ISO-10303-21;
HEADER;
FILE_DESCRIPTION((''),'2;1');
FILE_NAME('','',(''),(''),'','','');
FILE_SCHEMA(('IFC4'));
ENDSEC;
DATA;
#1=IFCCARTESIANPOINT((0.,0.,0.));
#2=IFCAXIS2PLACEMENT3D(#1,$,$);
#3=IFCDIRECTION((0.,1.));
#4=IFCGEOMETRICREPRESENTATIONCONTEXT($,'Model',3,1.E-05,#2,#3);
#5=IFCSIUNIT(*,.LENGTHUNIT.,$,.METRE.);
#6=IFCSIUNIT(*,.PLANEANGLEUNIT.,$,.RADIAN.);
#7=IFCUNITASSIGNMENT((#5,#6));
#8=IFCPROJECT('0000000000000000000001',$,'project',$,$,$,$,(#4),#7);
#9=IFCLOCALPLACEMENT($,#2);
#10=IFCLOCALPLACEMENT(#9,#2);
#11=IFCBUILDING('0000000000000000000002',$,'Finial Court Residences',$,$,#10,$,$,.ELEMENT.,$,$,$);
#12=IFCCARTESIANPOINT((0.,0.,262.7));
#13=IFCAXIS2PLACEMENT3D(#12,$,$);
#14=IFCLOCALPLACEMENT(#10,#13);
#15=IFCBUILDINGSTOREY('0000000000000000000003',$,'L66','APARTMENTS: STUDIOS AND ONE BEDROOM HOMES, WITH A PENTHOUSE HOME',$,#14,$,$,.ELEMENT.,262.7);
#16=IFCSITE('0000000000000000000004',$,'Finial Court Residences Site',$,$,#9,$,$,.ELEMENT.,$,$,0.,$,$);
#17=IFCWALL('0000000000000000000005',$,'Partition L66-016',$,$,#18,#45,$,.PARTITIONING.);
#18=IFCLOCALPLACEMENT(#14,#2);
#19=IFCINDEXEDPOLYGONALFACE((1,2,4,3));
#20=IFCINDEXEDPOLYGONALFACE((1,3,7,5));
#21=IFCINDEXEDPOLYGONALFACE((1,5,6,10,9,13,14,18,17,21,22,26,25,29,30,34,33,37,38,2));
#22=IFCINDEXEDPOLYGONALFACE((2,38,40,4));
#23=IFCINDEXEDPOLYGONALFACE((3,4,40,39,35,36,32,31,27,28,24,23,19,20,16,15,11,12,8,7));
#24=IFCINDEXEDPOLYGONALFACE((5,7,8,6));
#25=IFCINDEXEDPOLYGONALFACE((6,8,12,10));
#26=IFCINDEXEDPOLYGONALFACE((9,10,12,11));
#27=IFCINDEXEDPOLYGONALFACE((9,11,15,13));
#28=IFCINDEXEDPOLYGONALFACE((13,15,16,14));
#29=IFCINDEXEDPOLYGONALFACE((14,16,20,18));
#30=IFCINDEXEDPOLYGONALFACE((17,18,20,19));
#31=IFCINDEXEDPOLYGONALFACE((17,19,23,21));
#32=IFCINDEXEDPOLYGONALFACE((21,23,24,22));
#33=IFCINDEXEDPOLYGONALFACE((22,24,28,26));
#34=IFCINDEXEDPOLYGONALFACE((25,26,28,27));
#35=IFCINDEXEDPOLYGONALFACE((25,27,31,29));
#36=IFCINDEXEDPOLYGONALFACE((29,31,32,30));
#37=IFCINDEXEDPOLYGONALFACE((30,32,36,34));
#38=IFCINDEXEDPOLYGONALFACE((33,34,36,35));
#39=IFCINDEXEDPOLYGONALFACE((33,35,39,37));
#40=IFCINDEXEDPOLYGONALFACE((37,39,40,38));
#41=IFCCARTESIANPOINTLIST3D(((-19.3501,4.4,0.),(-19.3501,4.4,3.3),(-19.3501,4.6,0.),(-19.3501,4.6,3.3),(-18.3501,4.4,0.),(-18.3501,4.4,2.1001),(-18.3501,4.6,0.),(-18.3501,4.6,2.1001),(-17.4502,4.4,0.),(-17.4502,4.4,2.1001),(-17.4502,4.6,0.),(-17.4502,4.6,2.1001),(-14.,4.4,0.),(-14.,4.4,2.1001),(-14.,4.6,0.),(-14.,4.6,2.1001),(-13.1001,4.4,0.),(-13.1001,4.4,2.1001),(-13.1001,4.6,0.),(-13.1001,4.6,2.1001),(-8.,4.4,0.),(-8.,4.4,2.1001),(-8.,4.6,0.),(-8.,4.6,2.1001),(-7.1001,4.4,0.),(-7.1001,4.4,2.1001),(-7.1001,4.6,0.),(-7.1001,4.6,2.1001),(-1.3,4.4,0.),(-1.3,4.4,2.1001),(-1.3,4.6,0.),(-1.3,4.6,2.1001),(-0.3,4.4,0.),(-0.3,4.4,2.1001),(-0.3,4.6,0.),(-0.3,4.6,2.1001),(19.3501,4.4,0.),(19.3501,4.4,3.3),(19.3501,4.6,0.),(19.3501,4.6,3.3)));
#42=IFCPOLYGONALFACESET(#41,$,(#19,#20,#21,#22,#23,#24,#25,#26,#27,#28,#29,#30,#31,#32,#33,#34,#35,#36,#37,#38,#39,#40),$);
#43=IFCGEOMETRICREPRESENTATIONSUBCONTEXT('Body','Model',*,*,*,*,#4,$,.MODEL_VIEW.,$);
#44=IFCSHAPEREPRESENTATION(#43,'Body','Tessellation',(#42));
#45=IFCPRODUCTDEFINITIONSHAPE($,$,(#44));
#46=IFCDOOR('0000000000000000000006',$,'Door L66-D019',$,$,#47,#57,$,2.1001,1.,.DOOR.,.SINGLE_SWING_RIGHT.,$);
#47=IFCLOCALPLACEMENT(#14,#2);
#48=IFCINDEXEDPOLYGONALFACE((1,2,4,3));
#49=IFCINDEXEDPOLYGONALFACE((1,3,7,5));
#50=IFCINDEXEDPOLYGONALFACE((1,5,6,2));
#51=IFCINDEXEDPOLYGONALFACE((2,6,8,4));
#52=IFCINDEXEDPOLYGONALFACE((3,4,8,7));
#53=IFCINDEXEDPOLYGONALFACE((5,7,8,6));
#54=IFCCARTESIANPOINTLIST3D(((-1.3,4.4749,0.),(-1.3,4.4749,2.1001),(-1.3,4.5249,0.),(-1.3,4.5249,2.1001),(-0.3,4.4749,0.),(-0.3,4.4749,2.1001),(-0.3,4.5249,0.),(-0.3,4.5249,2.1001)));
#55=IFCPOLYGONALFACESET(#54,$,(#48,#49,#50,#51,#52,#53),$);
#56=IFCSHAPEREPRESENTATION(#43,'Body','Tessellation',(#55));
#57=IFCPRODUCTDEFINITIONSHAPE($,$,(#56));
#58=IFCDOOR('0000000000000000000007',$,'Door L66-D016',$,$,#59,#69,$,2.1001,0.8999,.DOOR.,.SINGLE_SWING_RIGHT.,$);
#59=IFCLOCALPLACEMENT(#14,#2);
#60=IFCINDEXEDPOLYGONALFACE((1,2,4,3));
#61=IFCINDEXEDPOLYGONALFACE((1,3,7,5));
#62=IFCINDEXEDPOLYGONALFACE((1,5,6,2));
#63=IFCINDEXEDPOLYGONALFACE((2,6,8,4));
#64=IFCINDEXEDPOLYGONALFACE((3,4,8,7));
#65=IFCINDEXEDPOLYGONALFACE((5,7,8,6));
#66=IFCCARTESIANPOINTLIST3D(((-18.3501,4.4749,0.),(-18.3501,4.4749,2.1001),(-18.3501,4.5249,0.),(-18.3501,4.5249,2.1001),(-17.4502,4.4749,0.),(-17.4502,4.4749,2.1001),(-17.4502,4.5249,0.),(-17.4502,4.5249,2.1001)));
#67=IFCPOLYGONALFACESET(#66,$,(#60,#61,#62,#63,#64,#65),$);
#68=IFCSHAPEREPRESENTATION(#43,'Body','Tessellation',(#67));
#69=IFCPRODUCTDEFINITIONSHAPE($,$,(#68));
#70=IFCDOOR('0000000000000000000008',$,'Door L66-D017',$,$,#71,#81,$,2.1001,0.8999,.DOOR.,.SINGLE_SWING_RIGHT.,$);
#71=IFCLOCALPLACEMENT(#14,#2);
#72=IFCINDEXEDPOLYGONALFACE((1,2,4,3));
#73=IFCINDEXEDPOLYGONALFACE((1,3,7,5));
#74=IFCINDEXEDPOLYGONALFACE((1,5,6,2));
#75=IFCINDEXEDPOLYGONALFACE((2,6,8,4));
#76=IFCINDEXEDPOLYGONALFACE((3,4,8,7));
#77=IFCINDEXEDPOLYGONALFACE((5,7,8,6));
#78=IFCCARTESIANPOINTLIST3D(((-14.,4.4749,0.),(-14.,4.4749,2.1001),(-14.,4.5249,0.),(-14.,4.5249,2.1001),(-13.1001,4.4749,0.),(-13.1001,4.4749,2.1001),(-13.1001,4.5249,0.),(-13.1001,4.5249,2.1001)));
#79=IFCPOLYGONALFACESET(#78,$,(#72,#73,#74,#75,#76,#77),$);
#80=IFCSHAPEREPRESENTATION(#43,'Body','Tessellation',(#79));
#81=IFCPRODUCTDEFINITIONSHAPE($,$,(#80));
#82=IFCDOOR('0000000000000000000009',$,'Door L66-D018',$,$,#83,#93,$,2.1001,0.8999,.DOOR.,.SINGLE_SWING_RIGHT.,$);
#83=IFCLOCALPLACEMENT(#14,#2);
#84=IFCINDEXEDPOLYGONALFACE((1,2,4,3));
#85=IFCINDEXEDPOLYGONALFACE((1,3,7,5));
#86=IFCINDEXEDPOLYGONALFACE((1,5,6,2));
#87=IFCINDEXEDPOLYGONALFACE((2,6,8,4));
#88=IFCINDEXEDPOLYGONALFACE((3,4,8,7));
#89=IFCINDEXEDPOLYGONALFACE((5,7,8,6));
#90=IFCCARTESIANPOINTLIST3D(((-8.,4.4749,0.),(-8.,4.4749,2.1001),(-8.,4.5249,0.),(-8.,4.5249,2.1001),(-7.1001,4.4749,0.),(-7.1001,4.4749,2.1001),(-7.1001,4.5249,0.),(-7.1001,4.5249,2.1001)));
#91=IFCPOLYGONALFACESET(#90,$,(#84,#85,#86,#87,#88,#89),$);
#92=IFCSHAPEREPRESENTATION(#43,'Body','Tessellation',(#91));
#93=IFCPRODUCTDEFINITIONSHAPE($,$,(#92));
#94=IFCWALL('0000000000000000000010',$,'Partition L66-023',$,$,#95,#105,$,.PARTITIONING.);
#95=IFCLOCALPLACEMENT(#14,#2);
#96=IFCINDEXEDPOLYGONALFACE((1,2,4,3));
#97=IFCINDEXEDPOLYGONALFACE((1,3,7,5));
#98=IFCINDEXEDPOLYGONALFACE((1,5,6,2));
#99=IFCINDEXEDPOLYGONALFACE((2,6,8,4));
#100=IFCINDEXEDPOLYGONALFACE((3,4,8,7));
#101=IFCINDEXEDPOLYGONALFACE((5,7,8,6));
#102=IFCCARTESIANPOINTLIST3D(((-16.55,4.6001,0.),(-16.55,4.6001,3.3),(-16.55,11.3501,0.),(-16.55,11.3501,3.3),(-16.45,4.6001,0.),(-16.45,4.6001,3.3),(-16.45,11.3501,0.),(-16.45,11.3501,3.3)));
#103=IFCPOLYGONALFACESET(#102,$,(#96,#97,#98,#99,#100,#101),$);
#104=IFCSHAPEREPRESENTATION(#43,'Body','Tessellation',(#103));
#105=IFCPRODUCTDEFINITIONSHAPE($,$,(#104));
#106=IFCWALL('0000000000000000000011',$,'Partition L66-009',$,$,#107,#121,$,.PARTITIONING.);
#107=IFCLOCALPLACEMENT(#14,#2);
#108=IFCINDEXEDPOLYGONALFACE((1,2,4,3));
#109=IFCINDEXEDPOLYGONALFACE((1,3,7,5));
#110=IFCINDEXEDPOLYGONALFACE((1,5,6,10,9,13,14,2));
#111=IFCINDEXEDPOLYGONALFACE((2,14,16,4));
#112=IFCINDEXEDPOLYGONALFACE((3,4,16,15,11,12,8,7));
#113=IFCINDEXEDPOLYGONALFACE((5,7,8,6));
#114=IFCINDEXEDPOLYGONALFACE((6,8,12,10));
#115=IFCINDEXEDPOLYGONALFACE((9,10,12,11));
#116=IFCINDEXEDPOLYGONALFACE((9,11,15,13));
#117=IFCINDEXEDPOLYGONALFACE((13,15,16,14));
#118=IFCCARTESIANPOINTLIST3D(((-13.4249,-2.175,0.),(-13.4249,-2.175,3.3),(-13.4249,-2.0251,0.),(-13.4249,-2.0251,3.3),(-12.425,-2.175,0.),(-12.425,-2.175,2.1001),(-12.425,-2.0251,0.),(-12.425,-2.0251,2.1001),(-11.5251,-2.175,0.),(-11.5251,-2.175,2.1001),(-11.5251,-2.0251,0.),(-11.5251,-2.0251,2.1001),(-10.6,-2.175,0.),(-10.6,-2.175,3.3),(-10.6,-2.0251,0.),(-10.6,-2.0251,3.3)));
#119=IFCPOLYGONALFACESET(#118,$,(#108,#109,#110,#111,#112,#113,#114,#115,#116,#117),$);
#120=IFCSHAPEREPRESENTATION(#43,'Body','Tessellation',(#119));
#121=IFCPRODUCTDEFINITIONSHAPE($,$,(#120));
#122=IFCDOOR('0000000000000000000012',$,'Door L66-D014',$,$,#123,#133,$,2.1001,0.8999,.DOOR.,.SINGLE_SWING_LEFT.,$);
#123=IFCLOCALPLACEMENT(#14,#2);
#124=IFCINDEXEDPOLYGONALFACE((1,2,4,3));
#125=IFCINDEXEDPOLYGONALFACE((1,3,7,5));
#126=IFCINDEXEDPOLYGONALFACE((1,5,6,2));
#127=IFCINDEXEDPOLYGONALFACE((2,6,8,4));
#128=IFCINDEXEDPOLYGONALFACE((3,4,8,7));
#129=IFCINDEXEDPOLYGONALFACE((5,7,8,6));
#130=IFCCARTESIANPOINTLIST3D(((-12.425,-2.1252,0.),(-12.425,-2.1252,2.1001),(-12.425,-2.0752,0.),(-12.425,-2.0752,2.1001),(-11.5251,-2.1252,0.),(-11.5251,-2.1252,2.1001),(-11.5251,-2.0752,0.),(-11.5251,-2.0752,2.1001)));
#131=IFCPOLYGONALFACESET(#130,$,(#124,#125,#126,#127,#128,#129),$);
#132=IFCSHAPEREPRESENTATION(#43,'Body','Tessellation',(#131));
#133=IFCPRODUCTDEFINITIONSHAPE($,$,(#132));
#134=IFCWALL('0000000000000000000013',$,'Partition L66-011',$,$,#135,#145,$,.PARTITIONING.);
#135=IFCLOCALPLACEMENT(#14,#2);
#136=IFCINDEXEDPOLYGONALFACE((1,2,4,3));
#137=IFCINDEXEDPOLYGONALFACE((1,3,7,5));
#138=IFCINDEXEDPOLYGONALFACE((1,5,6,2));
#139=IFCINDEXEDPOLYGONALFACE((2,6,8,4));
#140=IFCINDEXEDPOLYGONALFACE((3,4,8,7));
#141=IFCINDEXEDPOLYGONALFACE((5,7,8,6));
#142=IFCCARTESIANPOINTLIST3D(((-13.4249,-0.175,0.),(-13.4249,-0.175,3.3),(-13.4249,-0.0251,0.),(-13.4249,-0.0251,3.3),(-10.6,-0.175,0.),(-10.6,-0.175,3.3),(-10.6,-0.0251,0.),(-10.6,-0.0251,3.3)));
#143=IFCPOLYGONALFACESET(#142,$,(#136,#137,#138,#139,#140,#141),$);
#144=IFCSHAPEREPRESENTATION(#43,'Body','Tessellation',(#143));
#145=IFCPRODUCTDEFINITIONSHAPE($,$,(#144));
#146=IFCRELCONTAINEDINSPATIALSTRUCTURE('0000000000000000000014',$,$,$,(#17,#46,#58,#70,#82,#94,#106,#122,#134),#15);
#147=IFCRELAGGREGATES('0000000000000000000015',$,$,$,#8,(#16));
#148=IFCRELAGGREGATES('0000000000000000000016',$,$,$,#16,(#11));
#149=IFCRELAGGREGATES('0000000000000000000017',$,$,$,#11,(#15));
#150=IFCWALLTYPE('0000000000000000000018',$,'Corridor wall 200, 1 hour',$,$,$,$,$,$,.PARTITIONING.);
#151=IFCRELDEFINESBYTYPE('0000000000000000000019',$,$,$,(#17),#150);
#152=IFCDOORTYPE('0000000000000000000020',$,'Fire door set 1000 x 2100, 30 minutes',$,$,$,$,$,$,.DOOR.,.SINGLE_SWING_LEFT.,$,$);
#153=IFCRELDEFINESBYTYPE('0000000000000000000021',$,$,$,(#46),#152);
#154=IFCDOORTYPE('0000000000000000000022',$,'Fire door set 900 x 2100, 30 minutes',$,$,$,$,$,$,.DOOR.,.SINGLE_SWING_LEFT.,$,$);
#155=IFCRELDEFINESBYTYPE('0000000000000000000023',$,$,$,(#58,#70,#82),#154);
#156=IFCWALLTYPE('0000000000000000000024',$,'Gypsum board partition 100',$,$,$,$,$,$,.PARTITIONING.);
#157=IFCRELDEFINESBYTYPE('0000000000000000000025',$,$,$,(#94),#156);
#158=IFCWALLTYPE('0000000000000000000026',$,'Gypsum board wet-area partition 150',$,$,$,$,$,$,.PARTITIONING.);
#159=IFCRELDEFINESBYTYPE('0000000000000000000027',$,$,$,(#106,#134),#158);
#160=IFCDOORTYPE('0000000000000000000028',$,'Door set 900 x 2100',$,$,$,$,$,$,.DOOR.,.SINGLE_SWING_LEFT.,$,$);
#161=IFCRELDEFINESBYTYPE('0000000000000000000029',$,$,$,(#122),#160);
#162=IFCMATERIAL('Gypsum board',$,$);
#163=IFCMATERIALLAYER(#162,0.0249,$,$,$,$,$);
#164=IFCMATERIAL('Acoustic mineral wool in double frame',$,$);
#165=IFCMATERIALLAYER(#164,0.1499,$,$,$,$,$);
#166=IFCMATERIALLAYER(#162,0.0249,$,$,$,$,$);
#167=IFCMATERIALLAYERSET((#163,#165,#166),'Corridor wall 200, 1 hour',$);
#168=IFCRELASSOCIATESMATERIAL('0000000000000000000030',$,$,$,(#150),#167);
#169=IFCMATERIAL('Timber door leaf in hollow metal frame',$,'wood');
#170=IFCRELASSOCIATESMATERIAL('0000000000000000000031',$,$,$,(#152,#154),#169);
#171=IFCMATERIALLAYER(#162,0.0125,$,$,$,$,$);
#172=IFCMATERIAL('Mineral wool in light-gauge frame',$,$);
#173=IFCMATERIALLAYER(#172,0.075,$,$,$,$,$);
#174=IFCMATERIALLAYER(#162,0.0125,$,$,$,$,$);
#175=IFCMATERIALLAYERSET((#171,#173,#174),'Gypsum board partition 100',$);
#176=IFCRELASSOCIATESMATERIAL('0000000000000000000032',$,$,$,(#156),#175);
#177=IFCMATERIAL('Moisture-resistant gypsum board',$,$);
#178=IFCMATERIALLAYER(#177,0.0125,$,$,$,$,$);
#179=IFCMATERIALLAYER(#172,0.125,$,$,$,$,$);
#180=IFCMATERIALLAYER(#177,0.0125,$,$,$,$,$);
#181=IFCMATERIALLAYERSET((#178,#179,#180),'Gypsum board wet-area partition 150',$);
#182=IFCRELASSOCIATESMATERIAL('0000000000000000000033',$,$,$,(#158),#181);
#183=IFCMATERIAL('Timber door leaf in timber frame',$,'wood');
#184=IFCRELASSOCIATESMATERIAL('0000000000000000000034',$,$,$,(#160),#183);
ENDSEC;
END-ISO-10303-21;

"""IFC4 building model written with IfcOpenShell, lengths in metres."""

from ifc_helpers import new_model, si_unit, direction, frame, frame_2d, origin, place, context, subcontext, project, spatial, rectangle, extrude, material, layer, layer_set, type_object, element, fill, save


model = new_model("IFC4")

# Units and contexts
model_context = context("Model", 3, precision=1e-05, world=origin(), true_north=direction((0.0, 1.0)))
body_context = subcontext(model_context, "Body", "Model", "MODEL_VIEW")
ifc_project = project(units=[si_unit("LENGTHUNIT", "METRE"), si_unit("PLANEANGLEUNIT", "RADIAN")], contexts=[model_context])

# Site, building, storey
site_placement = place(None, origin())
site = spatial("IfcSite", under=ifc_project, at=site_placement, Name="Finial Court Residences Site", CompositionType="ELEMENT", RefElevation=0.0)
building_placement = place(site_placement, origin())
building = spatial("IfcBuilding", under=site, at=building_placement, Name="Finial Court Residences", CompositionType="ELEMENT")
storey_placement = place(building_placement, frame((0.0, 0.0, 262.7)))
storey = spatial("IfcBuildingStorey", under=building, at=storey_placement, Name="L66", Description="APARTMENTS: STUDIOS AND ONE BEDROOM HOMES, WITH A PENTHOUSE HOME", CompositionType="ELEMENT", Elevation=262.7)

# Shared definitions
ifc_material_1 = material(Name="Gypsum board")
ifc_layer_1 = layer(ifc_material_1, 0.0249)
ifc_material_2 = material(Name="Acoustic mineral wool in double frame")
ifc_layer_2 = layer(ifc_material_2, 0.1499)
ifc_layer_3 = layer(ifc_material_1, 0.0249)
ifc_layer_set_1 = layer_set([ifc_layer_1, ifc_layer_2, ifc_layer_3], Name="Corridor wall 200, 1 hour")
wall_type_1 = type_object("IfcWallType", Name="Corridor wall 200, 1 hour", PredefinedType="PARTITIONING", material=ifc_layer_set_1)

# Wall, openings, doors
wall_1_placement = place(storey_placement, frame((-19.3501, 4.5, 0.0), z_axis=(0.0, 0.0, 1.0), x_axis=(1.0, 0.0, 0.0)))
wall_1 = element("IfcWall", 1, at=wall_1_placement, inside=storey, type_object=wall_type_1, Name="Partition L66-016", PredefinedType="PARTITIONING", context=body_context, shape_type="SweptSolid", body=[
    extrude(rectangle(XDim=38.7002, YDim=0.2, at=frame_2d((19.3501, 0.0))), origin(), (0.0, 0.0, 1.0), 3.3),
])
opening_1_placement = place(wall_1_placement, frame((1.0, 0.0, 0.0)))
opening_1 = element("IfcOpeningElement", 2, at=opening_1_placement, cuts=wall_1, PredefinedType="OPENING", context=body_context, shape_type="SweptSolid", body=[
    extrude(rectangle(XDim=0.8999, YDim=2.1001, at=frame_2d((0.45, 1.05))), frame((0.0, 0.1099, 0.0), z_axis=(0.0, -1.0, 0.0), x_axis=(1.0, 0.0, 0.0)), (0.0, 0.0, 1.0), 0.22),
])
opening_2_placement = place(wall_1_placement, frame((5.3501, 0.0, 0.0)))
opening_2 = element("IfcOpeningElement", 3, at=opening_2_placement, cuts=wall_1, PredefinedType="OPENING", context=body_context, shape_type="SweptSolid", body=[
    extrude(rectangle(XDim=0.8999, YDim=2.1001, at=frame_2d((0.45, 1.05))), frame((0.0, 0.1099, 0.0), z_axis=(0.0, -1.0, 0.0), x_axis=(1.0, 0.0, 0.0)), (0.0, 0.0, 1.0), 0.22),
])
opening_3_placement = place(wall_1_placement, frame((11.3501, 0.0, 0.0)))
opening_3 = element("IfcOpeningElement", 4, at=opening_3_placement, cuts=wall_1, PredefinedType="OPENING", context=body_context, shape_type="SweptSolid", body=[
    extrude(rectangle(XDim=0.8999, YDim=2.1001, at=frame_2d((0.45, 1.05))), frame((0.0, 0.1099, 0.0), z_axis=(0.0, -1.0, 0.0), x_axis=(1.0, 0.0, 0.0)), (0.0, 0.0, 1.0), 0.22),
])
opening_4_placement = place(wall_1_placement, frame((18.05, 0.0, 0.0)))
opening_4 = element("IfcOpeningElement", 5, at=opening_4_placement, cuts=wall_1, PredefinedType="OPENING", context=body_context, shape_type="SweptSolid", body=[
    extrude(rectangle(XDim=1.0, YDim=2.1001, at=frame_2d((0.5, 1.05))), frame((0.0, 0.1099, 0.0), z_axis=(0.0, -1.0, 0.0), x_axis=(1.0, 0.0, 0.0)), (0.0, 0.0, 1.0), 0.22),
])
ifc_material_3 = material(Name="Timber door leaf in hollow metal frame", Category="wood")
door_type_1 = type_object("IfcDoorType", Name="Fire door set 1000 x 2100, 30 minutes", OperationType="SINGLE_SWING_LEFT", PredefinedType="DOOR", material=ifc_material_3)
door_1_placement = place(opening_4_placement, origin())
door_1 = element("IfcDoor", 6, at=door_1_placement, inside=storey, type_object=door_type_1, Name="Door L66-D019", OperationType="SINGLE_SWING_RIGHT", OverallHeight=2.1001, OverallWidth=1.0, PredefinedType="DOOR", context=body_context, shape_type="SweptSolid", body=[
    extrude(rectangle(XDim=1.0, YDim=2.1001, at=frame_2d((0.5, 1.05))), frame((0.0, 0.0249, 0.0), z_axis=(0.0, -1.0, 0.0), x_axis=(1.0, 0.0, 0.0)), (0.0, 0.0, 1.0), 0.05),
])
fill(opening_4, door_1)
door_type_2 = type_object("IfcDoorType", Name="Fire door set 900 x 2100, 30 minutes", OperationType="SINGLE_SWING_LEFT", PredefinedType="DOOR", material=ifc_material_3)
door_2_placement = place(opening_1_placement, origin())
door_2 = element("IfcDoor", 7, at=door_2_placement, inside=storey, type_object=door_type_2, Name="Door L66-D016", OperationType="SINGLE_SWING_RIGHT", OverallHeight=2.1001, OverallWidth=0.8999, PredefinedType="DOOR", context=body_context, shape_type="SweptSolid", body=[
    extrude(rectangle(XDim=0.8999, YDim=2.1001, at=frame_2d((0.45, 1.05))), frame((0.0, 0.0249, 0.0), z_axis=(0.0, -1.0, 0.0), x_axis=(1.0, 0.0, 0.0)), (0.0, 0.0, 1.0), 0.05),
])
fill(opening_1, door_2)
door_3_placement = place(opening_2_placement, origin())
door_3 = element("IfcDoor", 8, at=door_3_placement, inside=storey, type_object=door_type_2, Name="Door L66-D017", OperationType="SINGLE_SWING_RIGHT", OverallHeight=2.1001, OverallWidth=0.8999, PredefinedType="DOOR", context=body_context, shape_type="SweptSolid", body=[
    extrude(rectangle(XDim=0.8999, YDim=2.1001, at=frame_2d((0.45, 1.05))), frame((0.0, 0.0249, 0.0), z_axis=(0.0, -1.0, 0.0), x_axis=(1.0, 0.0, 0.0)), (0.0, 0.0, 1.0), 0.05),
])
fill(opening_2, door_3)
door_4_placement = place(opening_3_placement, origin())
door_4 = element("IfcDoor", 9, at=door_4_placement, inside=storey, type_object=door_type_2, Name="Door L66-D018", OperationType="SINGLE_SWING_RIGHT", OverallHeight=2.1001, OverallWidth=0.8999, PredefinedType="DOOR", context=body_context, shape_type="SweptSolid", body=[
    extrude(rectangle(XDim=0.8999, YDim=2.1001, at=frame_2d((0.45, 1.05))), frame((0.0, 0.0249, 0.0), z_axis=(0.0, -1.0, 0.0), x_axis=(1.0, 0.0, 0.0)), (0.0, 0.0, 1.0), 0.05),
])
fill(opening_3, door_4)

# Wall
ifc_layer_4 = layer(ifc_material_1, 0.0125)
ifc_material_4 = material(Name="Mineral wool in light-gauge frame")
ifc_layer_5 = layer(ifc_material_4, 0.075)
ifc_layer_6 = layer(ifc_material_1, 0.0125)
ifc_layer_set_2 = layer_set([ifc_layer_4, ifc_layer_5, ifc_layer_6], Name="Gypsum board partition 100")
wall_type_2 = type_object("IfcWallType", Name="Gypsum board partition 100", PredefinedType="PARTITIONING", material=ifc_layer_set_2)
wall_2_placement = place(storey_placement, frame((-16.5, 4.6001, 0.0), z_axis=(0.0, 0.0, 1.0), x_axis=(0.0, 1.0, 0.0)))
element("IfcWall", 10, at=wall_2_placement, inside=storey, type_object=wall_type_2, Name="Partition L66-023", PredefinedType="PARTITIONING", context=body_context, shape_type="SweptSolid", body=[
    extrude(rectangle(XDim=6.75, YDim=0.1001, at=frame_2d((3.375, 0.0))), origin(), (0.0, 0.0, 1.0), 3.3),
])

# Wall, opening, door
ifc_material_5 = material(Name="Moisture-resistant gypsum board")
ifc_layer_7 = layer(ifc_material_5, 0.0125)
ifc_layer_8 = layer(ifc_material_4, 0.125)
ifc_layer_9 = layer(ifc_material_5, 0.0125)
ifc_layer_set_3 = layer_set([ifc_layer_7, ifc_layer_8, ifc_layer_9], Name="Gypsum board wet-area partition 150")
wall_type_3 = type_object("IfcWallType", Name="Gypsum board wet-area partition 150", PredefinedType="PARTITIONING", material=ifc_layer_set_3)
wall_3_placement = place(storey_placement, frame((-13.425, -2.1001, 0.0), z_axis=(0.0, 0.0, 1.0), x_axis=(1.0, 0.0, 0.0)))
wall_3 = element("IfcWall", 11, at=wall_3_placement, inside=storey, type_object=wall_type_3, Name="Partition L66-009", PredefinedType="PARTITIONING", context=body_context, shape_type="SweptSolid", body=[
    extrude(rectangle(XDim=2.825, YDim=0.1499, at=frame_2d((1.4126, 0.0))), origin(), (0.0, 0.0, 1.0), 3.3),
])
opening_5_placement = place(wall_3_placement, frame((1.0, 0.0, 0.0)))
opening_5 = element("IfcOpeningElement", 12, at=opening_5_placement, cuts=wall_3, PredefinedType="OPENING", context=body_context, shape_type="SweptSolid", body=[
    extrude(rectangle(XDim=0.8999, YDim=2.1001, at=frame_2d((0.45, 1.05))), frame((0.0, 0.085, 0.0), z_axis=(0.0, -1.0, 0.0), x_axis=(1.0, 0.0, 0.0)), (0.0, 0.0, 1.0), 0.1699),
])
ifc_material_6 = material(Name="Timber door leaf in timber frame", Category="wood")
door_type_3 = type_object("IfcDoorType", Name="Door set 900 x 2100", OperationType="SINGLE_SWING_LEFT", PredefinedType="DOOR", material=ifc_material_6)
door_5_placement = place(opening_5_placement, origin())
door_5 = element("IfcDoor", 13, at=door_5_placement, inside=storey, type_object=door_type_3, Name="Door L66-D014", OperationType="SINGLE_SWING_LEFT", OverallHeight=2.1001, OverallWidth=0.8999, PredefinedType="DOOR", context=body_context, shape_type="SweptSolid", body=[
    extrude(rectangle(XDim=0.8999, YDim=2.1001, at=frame_2d((0.45, 1.05))), frame((0.0, 0.0249, 0.0), z_axis=(0.0, -1.0, 0.0), x_axis=(1.0, 0.0, 0.0)), (0.0, 0.0, 1.0), 0.05),
])
fill(opening_5, door_5)

# Wall
wall_4_placement = place(storey_placement, frame((-13.425, -0.1001, 0.0), z_axis=(0.0, 0.0, 1.0), x_axis=(1.0, 0.0, 0.0)))
element("IfcWall", 14, at=wall_4_placement, inside=storey, type_object=wall_type_3, Name="Partition L66-011", PredefinedType="PARTITIONING", context=body_context, shape_type="SweptSolid", body=[
    extrude(rectangle(XDim=2.825, YDim=0.1499, at=frame_2d((1.4126, 0.0))), origin(), (0.0, 0.0, 1.0), 3.3),
])

save(model, "model.ifc")
